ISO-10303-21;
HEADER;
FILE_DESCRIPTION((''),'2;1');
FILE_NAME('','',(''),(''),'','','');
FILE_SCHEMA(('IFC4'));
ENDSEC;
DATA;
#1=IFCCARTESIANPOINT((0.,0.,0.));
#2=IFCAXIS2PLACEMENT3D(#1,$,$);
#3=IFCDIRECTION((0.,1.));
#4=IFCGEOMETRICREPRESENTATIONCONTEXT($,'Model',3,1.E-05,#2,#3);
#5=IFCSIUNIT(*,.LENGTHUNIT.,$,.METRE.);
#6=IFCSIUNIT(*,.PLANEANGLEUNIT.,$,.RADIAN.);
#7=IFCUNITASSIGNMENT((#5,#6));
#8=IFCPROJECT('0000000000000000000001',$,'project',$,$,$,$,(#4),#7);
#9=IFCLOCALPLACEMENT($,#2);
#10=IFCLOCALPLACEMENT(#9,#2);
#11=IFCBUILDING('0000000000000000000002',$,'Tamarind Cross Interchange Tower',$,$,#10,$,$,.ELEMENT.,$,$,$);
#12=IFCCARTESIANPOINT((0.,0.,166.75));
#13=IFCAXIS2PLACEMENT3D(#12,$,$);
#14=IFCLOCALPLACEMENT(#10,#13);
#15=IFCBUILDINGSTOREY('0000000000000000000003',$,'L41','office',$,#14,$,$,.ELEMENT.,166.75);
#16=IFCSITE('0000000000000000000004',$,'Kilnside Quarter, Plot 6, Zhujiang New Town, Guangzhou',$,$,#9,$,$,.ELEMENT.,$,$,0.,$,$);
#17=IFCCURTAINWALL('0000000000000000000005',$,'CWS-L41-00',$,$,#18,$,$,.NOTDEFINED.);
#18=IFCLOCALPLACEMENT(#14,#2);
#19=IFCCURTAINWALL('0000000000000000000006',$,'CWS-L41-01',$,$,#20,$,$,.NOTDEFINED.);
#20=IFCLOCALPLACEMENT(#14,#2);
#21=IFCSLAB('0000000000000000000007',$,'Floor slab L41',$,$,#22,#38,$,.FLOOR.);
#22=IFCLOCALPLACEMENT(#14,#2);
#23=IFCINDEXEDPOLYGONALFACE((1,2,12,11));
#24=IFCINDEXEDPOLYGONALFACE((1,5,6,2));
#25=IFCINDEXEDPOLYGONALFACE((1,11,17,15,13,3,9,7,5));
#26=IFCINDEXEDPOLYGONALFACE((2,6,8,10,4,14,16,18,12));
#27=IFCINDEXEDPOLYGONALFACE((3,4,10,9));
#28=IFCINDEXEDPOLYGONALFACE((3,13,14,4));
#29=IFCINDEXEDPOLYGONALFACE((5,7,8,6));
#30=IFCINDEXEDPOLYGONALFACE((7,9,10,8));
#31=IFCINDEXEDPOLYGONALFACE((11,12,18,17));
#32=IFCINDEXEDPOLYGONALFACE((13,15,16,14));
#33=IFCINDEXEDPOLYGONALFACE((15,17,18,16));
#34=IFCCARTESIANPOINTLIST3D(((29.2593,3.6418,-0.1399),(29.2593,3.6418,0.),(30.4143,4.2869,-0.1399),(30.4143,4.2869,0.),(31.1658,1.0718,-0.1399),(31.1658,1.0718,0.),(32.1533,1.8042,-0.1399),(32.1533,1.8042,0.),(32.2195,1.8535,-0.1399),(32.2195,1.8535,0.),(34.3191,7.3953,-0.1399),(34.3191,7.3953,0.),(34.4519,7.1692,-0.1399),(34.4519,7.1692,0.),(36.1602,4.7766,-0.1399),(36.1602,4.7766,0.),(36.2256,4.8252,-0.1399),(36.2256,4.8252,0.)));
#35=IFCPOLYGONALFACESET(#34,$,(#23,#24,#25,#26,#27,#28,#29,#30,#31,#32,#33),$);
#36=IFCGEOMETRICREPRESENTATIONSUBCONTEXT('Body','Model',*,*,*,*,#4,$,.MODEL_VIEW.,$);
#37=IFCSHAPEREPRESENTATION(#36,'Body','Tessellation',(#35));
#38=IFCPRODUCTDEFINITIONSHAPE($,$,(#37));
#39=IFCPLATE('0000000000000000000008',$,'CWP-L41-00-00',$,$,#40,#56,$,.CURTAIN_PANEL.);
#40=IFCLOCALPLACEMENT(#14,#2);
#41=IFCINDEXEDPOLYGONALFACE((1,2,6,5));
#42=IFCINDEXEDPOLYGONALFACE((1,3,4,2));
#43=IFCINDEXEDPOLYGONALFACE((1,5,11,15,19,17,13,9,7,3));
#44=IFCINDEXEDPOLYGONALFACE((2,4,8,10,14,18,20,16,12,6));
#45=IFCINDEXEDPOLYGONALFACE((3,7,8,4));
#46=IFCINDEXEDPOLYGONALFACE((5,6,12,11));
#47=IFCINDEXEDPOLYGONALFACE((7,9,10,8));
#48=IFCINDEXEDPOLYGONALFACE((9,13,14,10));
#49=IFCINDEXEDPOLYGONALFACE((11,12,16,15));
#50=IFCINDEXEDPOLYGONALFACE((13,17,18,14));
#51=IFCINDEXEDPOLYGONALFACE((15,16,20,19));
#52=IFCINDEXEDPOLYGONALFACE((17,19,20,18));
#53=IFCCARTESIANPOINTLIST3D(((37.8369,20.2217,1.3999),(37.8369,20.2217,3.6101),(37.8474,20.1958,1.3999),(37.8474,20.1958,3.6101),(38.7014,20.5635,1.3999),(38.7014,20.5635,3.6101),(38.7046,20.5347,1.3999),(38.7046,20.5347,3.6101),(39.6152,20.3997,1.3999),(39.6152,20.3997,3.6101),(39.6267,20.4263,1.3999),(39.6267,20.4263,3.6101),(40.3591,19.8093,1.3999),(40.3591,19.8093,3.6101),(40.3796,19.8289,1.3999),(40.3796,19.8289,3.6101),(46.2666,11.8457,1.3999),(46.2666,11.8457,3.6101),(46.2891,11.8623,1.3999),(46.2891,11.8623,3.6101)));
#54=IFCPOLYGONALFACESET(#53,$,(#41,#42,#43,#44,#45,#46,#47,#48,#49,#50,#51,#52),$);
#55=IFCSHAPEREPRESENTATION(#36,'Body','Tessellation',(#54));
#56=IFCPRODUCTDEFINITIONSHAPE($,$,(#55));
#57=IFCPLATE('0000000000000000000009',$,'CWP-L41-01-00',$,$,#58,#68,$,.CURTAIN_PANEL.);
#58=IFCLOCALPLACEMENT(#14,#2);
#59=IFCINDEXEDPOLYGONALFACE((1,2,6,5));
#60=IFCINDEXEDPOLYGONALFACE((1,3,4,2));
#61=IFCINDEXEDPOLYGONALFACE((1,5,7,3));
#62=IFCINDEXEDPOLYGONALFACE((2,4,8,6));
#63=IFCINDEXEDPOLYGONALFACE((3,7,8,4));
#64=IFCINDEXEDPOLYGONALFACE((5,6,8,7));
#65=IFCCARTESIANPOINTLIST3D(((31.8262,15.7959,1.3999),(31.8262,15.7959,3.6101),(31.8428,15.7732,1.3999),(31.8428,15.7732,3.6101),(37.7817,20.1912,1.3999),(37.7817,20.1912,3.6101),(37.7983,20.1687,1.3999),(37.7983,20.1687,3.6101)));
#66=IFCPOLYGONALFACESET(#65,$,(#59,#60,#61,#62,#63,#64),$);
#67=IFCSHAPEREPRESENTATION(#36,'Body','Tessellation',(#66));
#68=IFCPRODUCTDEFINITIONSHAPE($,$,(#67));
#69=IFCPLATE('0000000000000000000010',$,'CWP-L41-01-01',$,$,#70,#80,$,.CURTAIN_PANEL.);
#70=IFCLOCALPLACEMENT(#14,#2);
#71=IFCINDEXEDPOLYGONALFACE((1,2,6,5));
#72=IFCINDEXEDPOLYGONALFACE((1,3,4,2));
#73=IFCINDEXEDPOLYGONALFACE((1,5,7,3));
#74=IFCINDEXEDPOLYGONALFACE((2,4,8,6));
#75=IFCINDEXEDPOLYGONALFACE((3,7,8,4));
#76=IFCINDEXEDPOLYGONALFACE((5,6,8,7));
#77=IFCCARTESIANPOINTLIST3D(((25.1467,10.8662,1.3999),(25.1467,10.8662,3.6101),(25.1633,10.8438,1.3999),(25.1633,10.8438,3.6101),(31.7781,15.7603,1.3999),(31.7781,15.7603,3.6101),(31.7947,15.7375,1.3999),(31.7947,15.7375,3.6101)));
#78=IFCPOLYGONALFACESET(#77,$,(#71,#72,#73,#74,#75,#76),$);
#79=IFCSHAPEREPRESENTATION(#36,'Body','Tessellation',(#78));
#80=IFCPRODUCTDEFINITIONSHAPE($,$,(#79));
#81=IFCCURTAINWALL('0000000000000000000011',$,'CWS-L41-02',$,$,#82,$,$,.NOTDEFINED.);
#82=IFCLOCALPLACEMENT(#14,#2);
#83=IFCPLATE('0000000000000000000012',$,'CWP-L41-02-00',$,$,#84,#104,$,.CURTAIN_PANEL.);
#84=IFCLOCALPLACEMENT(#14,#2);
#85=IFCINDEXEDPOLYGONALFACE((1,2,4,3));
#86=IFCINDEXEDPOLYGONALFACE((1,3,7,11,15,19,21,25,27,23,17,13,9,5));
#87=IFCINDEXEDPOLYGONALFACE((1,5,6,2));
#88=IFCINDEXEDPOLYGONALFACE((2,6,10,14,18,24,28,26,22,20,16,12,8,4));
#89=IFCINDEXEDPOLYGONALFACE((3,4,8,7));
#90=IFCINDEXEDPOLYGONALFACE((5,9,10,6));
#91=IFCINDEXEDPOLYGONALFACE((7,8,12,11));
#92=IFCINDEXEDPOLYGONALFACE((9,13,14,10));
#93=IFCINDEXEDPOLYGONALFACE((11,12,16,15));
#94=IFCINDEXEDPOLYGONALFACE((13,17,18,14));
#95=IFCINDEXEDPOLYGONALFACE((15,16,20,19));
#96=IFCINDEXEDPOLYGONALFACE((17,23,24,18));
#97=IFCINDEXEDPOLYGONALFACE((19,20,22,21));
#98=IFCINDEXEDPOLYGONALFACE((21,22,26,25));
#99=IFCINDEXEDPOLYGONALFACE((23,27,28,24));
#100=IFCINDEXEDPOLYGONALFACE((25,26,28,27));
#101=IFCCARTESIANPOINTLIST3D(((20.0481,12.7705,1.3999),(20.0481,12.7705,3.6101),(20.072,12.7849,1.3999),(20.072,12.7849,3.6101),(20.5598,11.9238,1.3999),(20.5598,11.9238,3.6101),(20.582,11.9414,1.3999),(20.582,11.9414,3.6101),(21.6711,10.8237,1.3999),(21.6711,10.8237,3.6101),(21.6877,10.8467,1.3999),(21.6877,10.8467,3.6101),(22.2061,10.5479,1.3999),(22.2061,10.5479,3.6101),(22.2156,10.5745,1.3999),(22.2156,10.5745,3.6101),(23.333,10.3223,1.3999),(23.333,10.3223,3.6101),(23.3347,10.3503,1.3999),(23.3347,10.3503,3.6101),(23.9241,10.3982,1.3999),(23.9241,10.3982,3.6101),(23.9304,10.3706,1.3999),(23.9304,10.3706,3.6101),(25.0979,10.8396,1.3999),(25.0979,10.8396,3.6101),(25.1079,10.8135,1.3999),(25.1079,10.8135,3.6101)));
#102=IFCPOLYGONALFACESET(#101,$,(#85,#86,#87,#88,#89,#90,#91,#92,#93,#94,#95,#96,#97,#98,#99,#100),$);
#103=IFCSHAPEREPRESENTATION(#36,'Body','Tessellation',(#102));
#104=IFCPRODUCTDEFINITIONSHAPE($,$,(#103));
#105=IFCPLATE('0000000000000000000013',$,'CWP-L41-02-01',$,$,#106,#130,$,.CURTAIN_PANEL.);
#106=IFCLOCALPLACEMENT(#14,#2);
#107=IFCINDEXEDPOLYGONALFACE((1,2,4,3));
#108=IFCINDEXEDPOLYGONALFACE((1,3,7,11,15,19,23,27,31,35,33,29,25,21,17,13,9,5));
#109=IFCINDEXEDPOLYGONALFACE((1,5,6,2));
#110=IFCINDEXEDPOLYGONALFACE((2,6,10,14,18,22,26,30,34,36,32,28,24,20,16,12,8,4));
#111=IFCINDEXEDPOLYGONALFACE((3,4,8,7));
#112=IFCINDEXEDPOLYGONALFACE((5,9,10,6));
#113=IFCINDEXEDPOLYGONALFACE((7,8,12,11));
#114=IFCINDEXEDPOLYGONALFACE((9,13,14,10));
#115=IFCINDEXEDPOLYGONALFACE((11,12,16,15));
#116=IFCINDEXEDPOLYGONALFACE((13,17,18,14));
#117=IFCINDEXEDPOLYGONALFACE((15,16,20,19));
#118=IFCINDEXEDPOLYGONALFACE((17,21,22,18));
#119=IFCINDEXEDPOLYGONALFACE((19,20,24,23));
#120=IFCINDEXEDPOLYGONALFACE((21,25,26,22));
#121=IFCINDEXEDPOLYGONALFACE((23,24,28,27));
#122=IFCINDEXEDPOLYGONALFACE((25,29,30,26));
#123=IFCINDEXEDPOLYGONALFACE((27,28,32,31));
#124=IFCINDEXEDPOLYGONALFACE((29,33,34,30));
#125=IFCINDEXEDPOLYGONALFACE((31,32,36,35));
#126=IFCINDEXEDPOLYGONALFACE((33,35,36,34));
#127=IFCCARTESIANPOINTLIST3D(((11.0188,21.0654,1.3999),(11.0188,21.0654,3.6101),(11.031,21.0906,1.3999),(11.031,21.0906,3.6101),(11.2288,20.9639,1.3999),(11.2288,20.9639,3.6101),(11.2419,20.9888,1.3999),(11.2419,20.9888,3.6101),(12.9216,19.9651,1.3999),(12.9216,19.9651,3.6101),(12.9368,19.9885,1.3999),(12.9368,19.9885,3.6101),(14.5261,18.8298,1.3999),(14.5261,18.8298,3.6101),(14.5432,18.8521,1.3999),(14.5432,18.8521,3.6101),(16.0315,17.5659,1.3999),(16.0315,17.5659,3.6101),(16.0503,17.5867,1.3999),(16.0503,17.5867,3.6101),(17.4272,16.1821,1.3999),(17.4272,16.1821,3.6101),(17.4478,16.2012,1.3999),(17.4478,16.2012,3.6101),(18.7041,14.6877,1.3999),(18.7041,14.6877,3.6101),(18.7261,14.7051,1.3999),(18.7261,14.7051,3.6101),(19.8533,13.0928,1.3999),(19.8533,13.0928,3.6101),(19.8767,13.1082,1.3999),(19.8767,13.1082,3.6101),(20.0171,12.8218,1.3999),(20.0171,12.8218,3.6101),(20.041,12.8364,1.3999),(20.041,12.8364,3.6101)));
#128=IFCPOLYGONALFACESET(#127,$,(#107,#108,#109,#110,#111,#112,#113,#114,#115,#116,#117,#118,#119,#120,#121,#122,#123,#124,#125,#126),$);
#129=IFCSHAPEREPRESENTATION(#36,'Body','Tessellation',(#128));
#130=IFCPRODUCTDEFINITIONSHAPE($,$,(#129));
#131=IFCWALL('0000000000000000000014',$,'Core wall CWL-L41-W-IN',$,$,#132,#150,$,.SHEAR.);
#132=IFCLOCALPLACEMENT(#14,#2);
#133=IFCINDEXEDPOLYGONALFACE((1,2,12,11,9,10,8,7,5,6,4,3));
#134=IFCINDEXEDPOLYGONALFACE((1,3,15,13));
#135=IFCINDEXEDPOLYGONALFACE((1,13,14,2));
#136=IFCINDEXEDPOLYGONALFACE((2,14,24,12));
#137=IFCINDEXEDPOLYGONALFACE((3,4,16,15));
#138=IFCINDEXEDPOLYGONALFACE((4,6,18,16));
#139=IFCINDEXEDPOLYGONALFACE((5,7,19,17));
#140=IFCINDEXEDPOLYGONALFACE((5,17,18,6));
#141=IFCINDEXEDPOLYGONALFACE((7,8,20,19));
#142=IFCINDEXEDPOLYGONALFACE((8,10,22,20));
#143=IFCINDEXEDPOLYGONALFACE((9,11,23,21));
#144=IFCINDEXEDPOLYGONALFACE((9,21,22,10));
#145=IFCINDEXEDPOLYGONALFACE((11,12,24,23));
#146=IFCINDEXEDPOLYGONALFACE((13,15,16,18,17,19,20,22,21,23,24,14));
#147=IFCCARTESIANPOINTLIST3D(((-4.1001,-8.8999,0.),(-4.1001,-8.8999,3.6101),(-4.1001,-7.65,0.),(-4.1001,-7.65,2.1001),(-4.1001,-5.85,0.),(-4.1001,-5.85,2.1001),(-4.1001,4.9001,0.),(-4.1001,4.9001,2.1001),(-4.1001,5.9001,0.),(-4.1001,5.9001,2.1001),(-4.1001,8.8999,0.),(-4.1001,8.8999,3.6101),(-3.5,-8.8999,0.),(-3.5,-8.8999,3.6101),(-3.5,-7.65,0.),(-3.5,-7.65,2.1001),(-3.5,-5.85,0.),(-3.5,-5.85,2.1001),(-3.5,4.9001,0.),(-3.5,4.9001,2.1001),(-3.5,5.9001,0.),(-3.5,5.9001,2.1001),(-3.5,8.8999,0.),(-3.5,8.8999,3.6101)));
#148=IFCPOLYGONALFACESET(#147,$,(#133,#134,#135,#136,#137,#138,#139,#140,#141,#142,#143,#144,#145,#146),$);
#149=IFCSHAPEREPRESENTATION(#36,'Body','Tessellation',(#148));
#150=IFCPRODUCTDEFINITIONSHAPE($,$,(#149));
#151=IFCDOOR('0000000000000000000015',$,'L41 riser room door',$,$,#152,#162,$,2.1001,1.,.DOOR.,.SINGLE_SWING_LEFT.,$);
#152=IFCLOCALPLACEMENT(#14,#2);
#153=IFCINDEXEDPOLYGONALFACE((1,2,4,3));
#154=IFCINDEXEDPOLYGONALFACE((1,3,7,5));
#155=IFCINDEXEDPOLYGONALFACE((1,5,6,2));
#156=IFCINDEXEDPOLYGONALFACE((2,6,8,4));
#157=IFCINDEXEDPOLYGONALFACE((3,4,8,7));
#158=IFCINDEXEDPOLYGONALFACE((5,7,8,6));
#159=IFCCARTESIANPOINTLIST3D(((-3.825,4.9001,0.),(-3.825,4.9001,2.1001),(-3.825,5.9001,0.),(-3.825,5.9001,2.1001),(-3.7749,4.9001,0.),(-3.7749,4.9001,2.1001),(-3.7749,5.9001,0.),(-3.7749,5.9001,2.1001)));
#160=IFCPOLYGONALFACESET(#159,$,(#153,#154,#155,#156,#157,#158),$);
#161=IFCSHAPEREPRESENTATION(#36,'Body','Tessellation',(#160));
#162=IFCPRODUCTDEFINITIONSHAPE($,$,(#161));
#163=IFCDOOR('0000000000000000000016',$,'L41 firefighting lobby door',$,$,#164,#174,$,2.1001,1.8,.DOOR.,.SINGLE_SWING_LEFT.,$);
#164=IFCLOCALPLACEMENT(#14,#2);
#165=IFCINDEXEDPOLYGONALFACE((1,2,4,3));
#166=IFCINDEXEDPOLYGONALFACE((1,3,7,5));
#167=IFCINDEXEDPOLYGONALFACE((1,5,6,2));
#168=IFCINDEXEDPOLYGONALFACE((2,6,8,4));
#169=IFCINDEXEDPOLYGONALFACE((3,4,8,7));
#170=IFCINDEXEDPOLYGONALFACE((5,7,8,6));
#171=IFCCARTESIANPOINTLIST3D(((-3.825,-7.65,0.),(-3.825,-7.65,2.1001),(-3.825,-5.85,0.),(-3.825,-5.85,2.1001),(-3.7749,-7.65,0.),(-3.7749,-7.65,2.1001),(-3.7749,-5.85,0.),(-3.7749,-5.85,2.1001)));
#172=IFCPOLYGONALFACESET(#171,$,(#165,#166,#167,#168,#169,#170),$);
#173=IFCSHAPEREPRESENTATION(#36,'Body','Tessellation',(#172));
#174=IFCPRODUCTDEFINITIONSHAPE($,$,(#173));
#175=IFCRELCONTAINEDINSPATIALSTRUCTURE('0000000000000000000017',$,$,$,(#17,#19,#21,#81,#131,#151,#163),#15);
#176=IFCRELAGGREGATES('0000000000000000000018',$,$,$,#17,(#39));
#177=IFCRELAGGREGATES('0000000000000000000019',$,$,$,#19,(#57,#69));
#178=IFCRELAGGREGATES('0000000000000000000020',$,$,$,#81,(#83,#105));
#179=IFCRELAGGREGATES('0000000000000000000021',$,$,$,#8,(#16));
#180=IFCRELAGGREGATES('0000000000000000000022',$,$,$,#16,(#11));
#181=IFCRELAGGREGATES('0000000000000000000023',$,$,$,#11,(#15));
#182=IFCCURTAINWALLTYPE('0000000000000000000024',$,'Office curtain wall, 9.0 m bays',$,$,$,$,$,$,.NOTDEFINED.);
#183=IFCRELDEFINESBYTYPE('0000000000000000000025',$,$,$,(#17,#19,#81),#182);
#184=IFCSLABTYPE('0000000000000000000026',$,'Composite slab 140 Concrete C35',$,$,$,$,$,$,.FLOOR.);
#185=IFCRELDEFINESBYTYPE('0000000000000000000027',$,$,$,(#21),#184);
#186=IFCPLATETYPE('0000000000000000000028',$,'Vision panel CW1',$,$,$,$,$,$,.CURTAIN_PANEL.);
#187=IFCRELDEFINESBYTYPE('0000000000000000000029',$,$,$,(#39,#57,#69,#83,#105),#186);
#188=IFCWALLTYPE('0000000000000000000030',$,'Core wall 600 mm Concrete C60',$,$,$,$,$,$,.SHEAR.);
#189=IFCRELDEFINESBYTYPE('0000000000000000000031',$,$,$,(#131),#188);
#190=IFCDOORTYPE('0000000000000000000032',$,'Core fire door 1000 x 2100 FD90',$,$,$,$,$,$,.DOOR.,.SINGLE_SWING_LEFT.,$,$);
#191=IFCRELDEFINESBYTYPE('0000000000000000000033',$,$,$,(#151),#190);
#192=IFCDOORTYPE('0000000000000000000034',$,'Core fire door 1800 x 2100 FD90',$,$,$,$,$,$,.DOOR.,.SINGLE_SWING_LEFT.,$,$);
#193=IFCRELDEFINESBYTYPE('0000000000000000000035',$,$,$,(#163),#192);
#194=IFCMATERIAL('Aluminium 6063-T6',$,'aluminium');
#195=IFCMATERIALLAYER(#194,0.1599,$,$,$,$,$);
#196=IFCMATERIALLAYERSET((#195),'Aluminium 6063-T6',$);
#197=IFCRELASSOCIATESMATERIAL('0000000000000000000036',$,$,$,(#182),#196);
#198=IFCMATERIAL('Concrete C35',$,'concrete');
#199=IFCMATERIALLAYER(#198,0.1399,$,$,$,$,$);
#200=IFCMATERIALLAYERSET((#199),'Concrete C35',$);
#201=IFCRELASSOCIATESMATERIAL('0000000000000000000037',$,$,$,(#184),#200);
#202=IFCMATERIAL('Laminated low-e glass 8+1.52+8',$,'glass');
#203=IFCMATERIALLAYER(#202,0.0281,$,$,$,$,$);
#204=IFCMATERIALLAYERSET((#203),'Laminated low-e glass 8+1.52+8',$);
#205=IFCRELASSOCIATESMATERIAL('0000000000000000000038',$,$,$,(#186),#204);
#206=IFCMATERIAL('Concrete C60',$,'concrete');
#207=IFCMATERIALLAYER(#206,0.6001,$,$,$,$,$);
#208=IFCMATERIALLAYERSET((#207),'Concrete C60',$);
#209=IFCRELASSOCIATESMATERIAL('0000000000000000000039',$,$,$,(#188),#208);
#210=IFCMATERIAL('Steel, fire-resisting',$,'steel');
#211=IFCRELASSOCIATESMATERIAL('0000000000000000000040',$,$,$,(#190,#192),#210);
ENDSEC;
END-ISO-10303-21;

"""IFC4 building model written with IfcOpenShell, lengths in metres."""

from ifc_helpers import new_model, si_unit, direction, frame, frame_2d, origin, place, context, subcontext, project, spatial, polyline, rectangle, outline, extrude, material, layer, layer_set, type_object, element, fill, aggregate, save


model = new_model("IFC4")

# Units and contexts
model_context = context("Model", 3, precision=1e-05, world=origin(), true_north=direction((0.0, 1.0)))
body_context = subcontext(model_context, "Body", "Model", "MODEL_VIEW")
ifc_project = project(units=[si_unit("LENGTHUNIT", "METRE"), si_unit("PLANEANGLEUNIT", "RADIAN")], contexts=[model_context])

# Site, building, storey
site_placement = place(None, origin())
site = spatial("IfcSite", under=ifc_project, at=site_placement, Name="Kilnside Quarter, Plot 6, Zhujiang New Town, Guangzhou", CompositionType="ELEMENT", RefElevation=0.0)
building_placement = place(site_placement, origin())
building = spatial("IfcBuilding", under=site, at=building_placement, Name="Tamarind Cross Interchange Tower", CompositionType="ELEMENT")
storey_placement = place(building_placement, frame((0.0, 0.0, 166.75)))
storey = spatial("IfcBuildingStorey", under=building, at=storey_placement, Name="L41", Description="office", CompositionType="ELEMENT", Elevation=166.75)

# Curtain walls
ifc_material_1 = material(Name="Aluminium 6063-T6", Category="aluminium")
ifc_layer_1 = layer(ifc_material_1, 0.1599)
ifc_layer_set_1 = layer_set([ifc_layer_1], Name="Aluminium 6063-T6")
curtain_wall_type = type_object("IfcCurtainWallType", Name="Office curtain wall, 9.0 m bays", PredefinedType="NOTDEFINED", material=ifc_layer_set_1)
curtain_wall_1_placement = place(storey_placement, origin())
curtain_wall_1 = element("IfcCurtainWall", 1, at=curtain_wall_1_placement, inside=storey, type_object=curtain_wall_type, Name="CWS-L41-00", PredefinedType="NOTDEFINED")
curtain_wall_2_placement = place(storey_placement, origin())
curtain_wall_2 = element("IfcCurtainWall", 2, at=curtain_wall_2_placement, inside=storey, type_object=curtain_wall_type, Name="CWS-L41-01", PredefinedType="NOTDEFINED")

# Slab
ifc_material_2 = material(Name="Concrete C35", Category="concrete")
ifc_layer_2 = layer(ifc_material_2, 0.1399)
ifc_layer_set_2 = layer_set([ifc_layer_2], Name="Concrete C35")
slab_type = type_object("IfcSlabType", Name="Composite slab 140 Concrete C35", PredefinedType="FLOOR", material=ifc_layer_set_2)
slab_1_placement = place(storey_placement, frame((0.0, 0.0, -0.1399)))
element("IfcSlab", 3, at=slab_1_placement, inside=storey, type_object=slab_type, Name="Floor slab L41", PredefinedType="FLOOR", context=body_context, shape_type="SweptSolid", body=[
    extrude(outline(polyline([(29.2593, 3.6418), (31.1658, 1.0718), (32.1533, 1.8042), (32.2195, 1.8535), (30.4143, 4.2869), (34.4519, 7.1692), (36.1602, 4.7766), (36.2256, 4.8252), (34.3191, 7.3953), (29.2593, 3.6418)])), origin(), (0.0, 0.0, 1.0), 0.1399),
])

# Plates
ifc_material_3 = material(Name="Laminated low-e glass 8+1.52+8", Category="glass")
ifc_layer_3 = layer(ifc_material_3, 0.0281)
ifc_layer_set_3 = layer_set([ifc_layer_3], Name="Laminated low-e glass 8+1.52+8")
plate_type = type_object("IfcPlateType", Name="Vision panel CW1", PredefinedType="CURTAIN_PANEL", material=ifc_layer_set_3)
plate_1_placement = place(storey_placement, frame((0.0, 0.0, 1.3999)))
plate_1 = element("IfcPlate", 4, at=plate_1_placement, type_object=plate_type, Name="CWP-L41-00-00", PredefinedType="CURTAIN_PANEL", context=body_context, shape_type="SweptSolid", body=[
    extrude(outline(polyline([(46.2666, 11.8457), (40.3591, 19.8093), (39.6152, 20.3997), (38.7046, 20.5347), (37.8474, 20.1958), (37.8369, 20.2217), (38.7014, 20.5635), (39.6267, 20.4263), (40.3796, 19.8289), (46.2891, 11.8623), (46.2666, 11.8457)])), origin(), (0.0, 0.0, 1.0), 2.2102),
])
aggregate(curtain_wall_1, [plate_1])
plate_2_placement = place(storey_placement, frame((0.0, 0.0, 1.3999)))
plate_2 = element("IfcPlate", 5, at=plate_2_placement, type_object=plate_type, Name="CWP-L41-01-00", PredefinedType="CURTAIN_PANEL", context=body_context, shape_type="SweptSolid", body=[
    extrude(outline(polyline([(37.7983, 20.1687), (31.8428, 15.7732), (31.8262, 15.7959), (37.7817, 20.1912), (37.7983, 20.1687)])), origin(), (0.0, 0.0, 1.0), 2.2102),
])
plate_3_placement = place(storey_placement, frame((0.0, 0.0, 1.3999)))
plate_3 = element("IfcPlate", 6, at=plate_3_placement, type_object=plate_type, Name="CWP-L41-01-01", PredefinedType="CURTAIN_PANEL", context=body_context, shape_type="SweptSolid", body=[
    extrude(outline(polyline([(31.7947, 15.7375), (25.1633, 10.8438), (25.1467, 10.8662), (31.7781, 15.7603), (31.7947, 15.7375)])), origin(), (0.0, 0.0, 1.0), 2.2102),
])
aggregate(curtain_wall_2, [plate_2, plate_3])

# Curtain wall, plates
curtain_wall_3_placement = place(storey_placement, origin())
curtain_wall_3 = element("IfcCurtainWall", 7, at=curtain_wall_3_placement, inside=storey, type_object=curtain_wall_type, Name="CWS-L41-02", PredefinedType="NOTDEFINED")
plate_4_placement = place(storey_placement, frame((0.0, 0.0, 1.3999)))
plate_4 = element("IfcPlate", 8, at=plate_4_placement, type_object=plate_type, Name="CWP-L41-02-00", PredefinedType="CURTAIN_PANEL", context=body_context, shape_type="SweptSolid", body=[
    extrude(outline(polyline([(25.1079, 10.8135), (23.9304, 10.3706), (23.333, 10.3223), (22.2061, 10.5479), (21.6711, 10.8237), (20.5598, 11.9238), (20.0481, 12.7705), (20.072, 12.7849), (20.582, 11.9414), (21.6877, 10.8467), (22.2156, 10.5745), (23.3347, 10.3503), (23.9241, 10.3982), (25.0979, 10.8396), (25.1079, 10.8135)])), origin(), (0.0, 0.0, 1.0), 2.2102),
])
plate_5_placement = place(storey_placement, frame((0.0, 0.0, 1.3999)))
plate_5 = element("IfcPlate", 9, at=plate_5_placement, type_object=plate_type, Name="CWP-L41-02-01", PredefinedType="CURTAIN_PANEL", context=body_context, shape_type="SweptSolid", body=[
    extrude(outline(polyline([(20.0171, 12.8218), (19.8533, 13.0928), (18.7041, 14.6877), (17.4272, 16.1821), (16.0315, 17.5659), (14.5261, 18.8298), (12.9216, 19.9651), (11.2288, 20.9639), (11.0188, 21.0654), (11.031, 21.0906), (11.2419, 20.9888), (12.9368, 19.9885), (14.5432, 18.8521), (16.0503, 17.5867), (17.4478, 16.2012), (18.7261, 14.7051), (19.8767, 13.1082), (20.041, 12.8364), (20.0171, 12.8218)])), origin(), (0.0, 0.0, 1.0), 2.2102),
])
aggregate(curtain_wall_3, [plate_4, plate_5])

# Wall, openings, doors
ifc_material_4 = material(Name="Concrete C60", Category="concrete")
ifc_layer_4 = layer(ifc_material_4, 0.6001)
ifc_layer_set_4 = layer_set([ifc_layer_4], Name="Concrete C60")
wall_type_1 = type_object("IfcWallType", Name="Core wall 600 mm Concrete C60", PredefinedType="SHEAR", material=ifc_layer_set_4)
wall_1_placement = place(storey_placement, frame((-3.8, -8.8999, 0.0), z_axis=(0.0, 0.0, 1.0), x_axis=(0.0, 1.0, 0.0)))
wall_1 = element("IfcWall", 10, at=wall_1_placement, inside=storey, type_object=wall_type_1, Name="Core wall CWL-L41-W-IN", PredefinedType="SHEAR", context=body_context, shape_type="SweptSolid", body=[
    extrude(rectangle(XDim=17.7998, YDim=0.6001, at=frame_2d((8.8999, 0.0))), origin(), (0.0, 0.0, 1.0), 3.6101),
])
opening_1_placement = place(wall_1_placement, frame((1.25, 0.0, 0.0)))
opening_1 = element("IfcOpeningElement", 11, at=opening_1_placement, cuts=wall_1, PredefinedType="OPENING", context=body_context, shape_type="SweptSolid", body=[
    extrude(rectangle(XDim=1.8, YDim=2.1001, at=frame_2d((0.8999, 1.05))), frame((0.0, 0.3101, 0.0), z_axis=(0.0, -1.0, 0.0), x_axis=(1.0, 0.0, 0.0)), (0.0, 0.0, 1.0), 0.6201),
])
opening_2_placement = place(wall_1_placement, frame((13.8, 0.0, 0.0)))
opening_2 = element("IfcOpeningElement", 12, at=opening_2_placement, cuts=wall_1, PredefinedType="OPENING", context=body_context, shape_type="SweptSolid", body=[
    extrude(rectangle(XDim=1.0, YDim=2.1001, at=frame_2d((0.5, 1.05))), frame((0.0, 0.3101, 0.0), z_axis=(0.0, -1.0, 0.0), x_axis=(1.0, 0.0, 0.0)), (0.0, 0.0, 1.0), 0.6201),
])
ifc_material_5 = material(Name="Steel, fire-resisting", Category="steel")
door_type_1 = type_object("IfcDoorType", Name="Core fire door 1000 x 2100 FD90", OperationType="SINGLE_SWING_LEFT", PredefinedType="DOOR", material=ifc_material_5)
door_1_placement = place(opening_2_placement, origin())
door_1 = element("IfcDoor", 13, at=door_1_placement, inside=storey, type_object=door_type_1, Name="L41 riser room door", OperationType="SINGLE_SWING_LEFT", OverallHeight=2.1001, OverallWidth=1.0, PredefinedType="DOOR", context=body_context, shape_type="SweptSolid", body=[
    extrude(rectangle(XDim=1.0, YDim=2.1001, at=frame_2d((0.5, 1.05))), frame((0.0, 0.0249, 0.0), z_axis=(0.0, -1.0, 0.0), x_axis=(1.0, 0.0, 0.0)), (0.0, 0.0, 1.0), 0.05),
])
fill(opening_2, door_1)
door_type_2 = type_object("IfcDoorType", Name="Core fire door 1800 x 2100 FD90", OperationType="SINGLE_SWING_LEFT", PredefinedType="DOOR", material=ifc_material_5)
door_2_placement = place(opening_1_placement, origin())
door_2 = element("IfcDoor", 14, at=door_2_placement, inside=storey, type_object=door_type_2, Name="L41 firefighting lobby door", OperationType="SINGLE_SWING_LEFT", OverallHeight=2.1001, OverallWidth=1.8, PredefinedType="DOOR", context=body_context, shape_type="SweptSolid", body=[
    extrude(rectangle(XDim=1.8, YDim=2.1001, at=frame_2d((0.8999, 1.05))), frame((0.0, 0.0249, 0.0), z_axis=(0.0, -1.0, 0.0), x_axis=(1.0, 0.0, 0.0)), (0.0, 0.0, 1.0), 0.05),
])
fill(opening_1, door_2)

save(model, "model.ifc")
